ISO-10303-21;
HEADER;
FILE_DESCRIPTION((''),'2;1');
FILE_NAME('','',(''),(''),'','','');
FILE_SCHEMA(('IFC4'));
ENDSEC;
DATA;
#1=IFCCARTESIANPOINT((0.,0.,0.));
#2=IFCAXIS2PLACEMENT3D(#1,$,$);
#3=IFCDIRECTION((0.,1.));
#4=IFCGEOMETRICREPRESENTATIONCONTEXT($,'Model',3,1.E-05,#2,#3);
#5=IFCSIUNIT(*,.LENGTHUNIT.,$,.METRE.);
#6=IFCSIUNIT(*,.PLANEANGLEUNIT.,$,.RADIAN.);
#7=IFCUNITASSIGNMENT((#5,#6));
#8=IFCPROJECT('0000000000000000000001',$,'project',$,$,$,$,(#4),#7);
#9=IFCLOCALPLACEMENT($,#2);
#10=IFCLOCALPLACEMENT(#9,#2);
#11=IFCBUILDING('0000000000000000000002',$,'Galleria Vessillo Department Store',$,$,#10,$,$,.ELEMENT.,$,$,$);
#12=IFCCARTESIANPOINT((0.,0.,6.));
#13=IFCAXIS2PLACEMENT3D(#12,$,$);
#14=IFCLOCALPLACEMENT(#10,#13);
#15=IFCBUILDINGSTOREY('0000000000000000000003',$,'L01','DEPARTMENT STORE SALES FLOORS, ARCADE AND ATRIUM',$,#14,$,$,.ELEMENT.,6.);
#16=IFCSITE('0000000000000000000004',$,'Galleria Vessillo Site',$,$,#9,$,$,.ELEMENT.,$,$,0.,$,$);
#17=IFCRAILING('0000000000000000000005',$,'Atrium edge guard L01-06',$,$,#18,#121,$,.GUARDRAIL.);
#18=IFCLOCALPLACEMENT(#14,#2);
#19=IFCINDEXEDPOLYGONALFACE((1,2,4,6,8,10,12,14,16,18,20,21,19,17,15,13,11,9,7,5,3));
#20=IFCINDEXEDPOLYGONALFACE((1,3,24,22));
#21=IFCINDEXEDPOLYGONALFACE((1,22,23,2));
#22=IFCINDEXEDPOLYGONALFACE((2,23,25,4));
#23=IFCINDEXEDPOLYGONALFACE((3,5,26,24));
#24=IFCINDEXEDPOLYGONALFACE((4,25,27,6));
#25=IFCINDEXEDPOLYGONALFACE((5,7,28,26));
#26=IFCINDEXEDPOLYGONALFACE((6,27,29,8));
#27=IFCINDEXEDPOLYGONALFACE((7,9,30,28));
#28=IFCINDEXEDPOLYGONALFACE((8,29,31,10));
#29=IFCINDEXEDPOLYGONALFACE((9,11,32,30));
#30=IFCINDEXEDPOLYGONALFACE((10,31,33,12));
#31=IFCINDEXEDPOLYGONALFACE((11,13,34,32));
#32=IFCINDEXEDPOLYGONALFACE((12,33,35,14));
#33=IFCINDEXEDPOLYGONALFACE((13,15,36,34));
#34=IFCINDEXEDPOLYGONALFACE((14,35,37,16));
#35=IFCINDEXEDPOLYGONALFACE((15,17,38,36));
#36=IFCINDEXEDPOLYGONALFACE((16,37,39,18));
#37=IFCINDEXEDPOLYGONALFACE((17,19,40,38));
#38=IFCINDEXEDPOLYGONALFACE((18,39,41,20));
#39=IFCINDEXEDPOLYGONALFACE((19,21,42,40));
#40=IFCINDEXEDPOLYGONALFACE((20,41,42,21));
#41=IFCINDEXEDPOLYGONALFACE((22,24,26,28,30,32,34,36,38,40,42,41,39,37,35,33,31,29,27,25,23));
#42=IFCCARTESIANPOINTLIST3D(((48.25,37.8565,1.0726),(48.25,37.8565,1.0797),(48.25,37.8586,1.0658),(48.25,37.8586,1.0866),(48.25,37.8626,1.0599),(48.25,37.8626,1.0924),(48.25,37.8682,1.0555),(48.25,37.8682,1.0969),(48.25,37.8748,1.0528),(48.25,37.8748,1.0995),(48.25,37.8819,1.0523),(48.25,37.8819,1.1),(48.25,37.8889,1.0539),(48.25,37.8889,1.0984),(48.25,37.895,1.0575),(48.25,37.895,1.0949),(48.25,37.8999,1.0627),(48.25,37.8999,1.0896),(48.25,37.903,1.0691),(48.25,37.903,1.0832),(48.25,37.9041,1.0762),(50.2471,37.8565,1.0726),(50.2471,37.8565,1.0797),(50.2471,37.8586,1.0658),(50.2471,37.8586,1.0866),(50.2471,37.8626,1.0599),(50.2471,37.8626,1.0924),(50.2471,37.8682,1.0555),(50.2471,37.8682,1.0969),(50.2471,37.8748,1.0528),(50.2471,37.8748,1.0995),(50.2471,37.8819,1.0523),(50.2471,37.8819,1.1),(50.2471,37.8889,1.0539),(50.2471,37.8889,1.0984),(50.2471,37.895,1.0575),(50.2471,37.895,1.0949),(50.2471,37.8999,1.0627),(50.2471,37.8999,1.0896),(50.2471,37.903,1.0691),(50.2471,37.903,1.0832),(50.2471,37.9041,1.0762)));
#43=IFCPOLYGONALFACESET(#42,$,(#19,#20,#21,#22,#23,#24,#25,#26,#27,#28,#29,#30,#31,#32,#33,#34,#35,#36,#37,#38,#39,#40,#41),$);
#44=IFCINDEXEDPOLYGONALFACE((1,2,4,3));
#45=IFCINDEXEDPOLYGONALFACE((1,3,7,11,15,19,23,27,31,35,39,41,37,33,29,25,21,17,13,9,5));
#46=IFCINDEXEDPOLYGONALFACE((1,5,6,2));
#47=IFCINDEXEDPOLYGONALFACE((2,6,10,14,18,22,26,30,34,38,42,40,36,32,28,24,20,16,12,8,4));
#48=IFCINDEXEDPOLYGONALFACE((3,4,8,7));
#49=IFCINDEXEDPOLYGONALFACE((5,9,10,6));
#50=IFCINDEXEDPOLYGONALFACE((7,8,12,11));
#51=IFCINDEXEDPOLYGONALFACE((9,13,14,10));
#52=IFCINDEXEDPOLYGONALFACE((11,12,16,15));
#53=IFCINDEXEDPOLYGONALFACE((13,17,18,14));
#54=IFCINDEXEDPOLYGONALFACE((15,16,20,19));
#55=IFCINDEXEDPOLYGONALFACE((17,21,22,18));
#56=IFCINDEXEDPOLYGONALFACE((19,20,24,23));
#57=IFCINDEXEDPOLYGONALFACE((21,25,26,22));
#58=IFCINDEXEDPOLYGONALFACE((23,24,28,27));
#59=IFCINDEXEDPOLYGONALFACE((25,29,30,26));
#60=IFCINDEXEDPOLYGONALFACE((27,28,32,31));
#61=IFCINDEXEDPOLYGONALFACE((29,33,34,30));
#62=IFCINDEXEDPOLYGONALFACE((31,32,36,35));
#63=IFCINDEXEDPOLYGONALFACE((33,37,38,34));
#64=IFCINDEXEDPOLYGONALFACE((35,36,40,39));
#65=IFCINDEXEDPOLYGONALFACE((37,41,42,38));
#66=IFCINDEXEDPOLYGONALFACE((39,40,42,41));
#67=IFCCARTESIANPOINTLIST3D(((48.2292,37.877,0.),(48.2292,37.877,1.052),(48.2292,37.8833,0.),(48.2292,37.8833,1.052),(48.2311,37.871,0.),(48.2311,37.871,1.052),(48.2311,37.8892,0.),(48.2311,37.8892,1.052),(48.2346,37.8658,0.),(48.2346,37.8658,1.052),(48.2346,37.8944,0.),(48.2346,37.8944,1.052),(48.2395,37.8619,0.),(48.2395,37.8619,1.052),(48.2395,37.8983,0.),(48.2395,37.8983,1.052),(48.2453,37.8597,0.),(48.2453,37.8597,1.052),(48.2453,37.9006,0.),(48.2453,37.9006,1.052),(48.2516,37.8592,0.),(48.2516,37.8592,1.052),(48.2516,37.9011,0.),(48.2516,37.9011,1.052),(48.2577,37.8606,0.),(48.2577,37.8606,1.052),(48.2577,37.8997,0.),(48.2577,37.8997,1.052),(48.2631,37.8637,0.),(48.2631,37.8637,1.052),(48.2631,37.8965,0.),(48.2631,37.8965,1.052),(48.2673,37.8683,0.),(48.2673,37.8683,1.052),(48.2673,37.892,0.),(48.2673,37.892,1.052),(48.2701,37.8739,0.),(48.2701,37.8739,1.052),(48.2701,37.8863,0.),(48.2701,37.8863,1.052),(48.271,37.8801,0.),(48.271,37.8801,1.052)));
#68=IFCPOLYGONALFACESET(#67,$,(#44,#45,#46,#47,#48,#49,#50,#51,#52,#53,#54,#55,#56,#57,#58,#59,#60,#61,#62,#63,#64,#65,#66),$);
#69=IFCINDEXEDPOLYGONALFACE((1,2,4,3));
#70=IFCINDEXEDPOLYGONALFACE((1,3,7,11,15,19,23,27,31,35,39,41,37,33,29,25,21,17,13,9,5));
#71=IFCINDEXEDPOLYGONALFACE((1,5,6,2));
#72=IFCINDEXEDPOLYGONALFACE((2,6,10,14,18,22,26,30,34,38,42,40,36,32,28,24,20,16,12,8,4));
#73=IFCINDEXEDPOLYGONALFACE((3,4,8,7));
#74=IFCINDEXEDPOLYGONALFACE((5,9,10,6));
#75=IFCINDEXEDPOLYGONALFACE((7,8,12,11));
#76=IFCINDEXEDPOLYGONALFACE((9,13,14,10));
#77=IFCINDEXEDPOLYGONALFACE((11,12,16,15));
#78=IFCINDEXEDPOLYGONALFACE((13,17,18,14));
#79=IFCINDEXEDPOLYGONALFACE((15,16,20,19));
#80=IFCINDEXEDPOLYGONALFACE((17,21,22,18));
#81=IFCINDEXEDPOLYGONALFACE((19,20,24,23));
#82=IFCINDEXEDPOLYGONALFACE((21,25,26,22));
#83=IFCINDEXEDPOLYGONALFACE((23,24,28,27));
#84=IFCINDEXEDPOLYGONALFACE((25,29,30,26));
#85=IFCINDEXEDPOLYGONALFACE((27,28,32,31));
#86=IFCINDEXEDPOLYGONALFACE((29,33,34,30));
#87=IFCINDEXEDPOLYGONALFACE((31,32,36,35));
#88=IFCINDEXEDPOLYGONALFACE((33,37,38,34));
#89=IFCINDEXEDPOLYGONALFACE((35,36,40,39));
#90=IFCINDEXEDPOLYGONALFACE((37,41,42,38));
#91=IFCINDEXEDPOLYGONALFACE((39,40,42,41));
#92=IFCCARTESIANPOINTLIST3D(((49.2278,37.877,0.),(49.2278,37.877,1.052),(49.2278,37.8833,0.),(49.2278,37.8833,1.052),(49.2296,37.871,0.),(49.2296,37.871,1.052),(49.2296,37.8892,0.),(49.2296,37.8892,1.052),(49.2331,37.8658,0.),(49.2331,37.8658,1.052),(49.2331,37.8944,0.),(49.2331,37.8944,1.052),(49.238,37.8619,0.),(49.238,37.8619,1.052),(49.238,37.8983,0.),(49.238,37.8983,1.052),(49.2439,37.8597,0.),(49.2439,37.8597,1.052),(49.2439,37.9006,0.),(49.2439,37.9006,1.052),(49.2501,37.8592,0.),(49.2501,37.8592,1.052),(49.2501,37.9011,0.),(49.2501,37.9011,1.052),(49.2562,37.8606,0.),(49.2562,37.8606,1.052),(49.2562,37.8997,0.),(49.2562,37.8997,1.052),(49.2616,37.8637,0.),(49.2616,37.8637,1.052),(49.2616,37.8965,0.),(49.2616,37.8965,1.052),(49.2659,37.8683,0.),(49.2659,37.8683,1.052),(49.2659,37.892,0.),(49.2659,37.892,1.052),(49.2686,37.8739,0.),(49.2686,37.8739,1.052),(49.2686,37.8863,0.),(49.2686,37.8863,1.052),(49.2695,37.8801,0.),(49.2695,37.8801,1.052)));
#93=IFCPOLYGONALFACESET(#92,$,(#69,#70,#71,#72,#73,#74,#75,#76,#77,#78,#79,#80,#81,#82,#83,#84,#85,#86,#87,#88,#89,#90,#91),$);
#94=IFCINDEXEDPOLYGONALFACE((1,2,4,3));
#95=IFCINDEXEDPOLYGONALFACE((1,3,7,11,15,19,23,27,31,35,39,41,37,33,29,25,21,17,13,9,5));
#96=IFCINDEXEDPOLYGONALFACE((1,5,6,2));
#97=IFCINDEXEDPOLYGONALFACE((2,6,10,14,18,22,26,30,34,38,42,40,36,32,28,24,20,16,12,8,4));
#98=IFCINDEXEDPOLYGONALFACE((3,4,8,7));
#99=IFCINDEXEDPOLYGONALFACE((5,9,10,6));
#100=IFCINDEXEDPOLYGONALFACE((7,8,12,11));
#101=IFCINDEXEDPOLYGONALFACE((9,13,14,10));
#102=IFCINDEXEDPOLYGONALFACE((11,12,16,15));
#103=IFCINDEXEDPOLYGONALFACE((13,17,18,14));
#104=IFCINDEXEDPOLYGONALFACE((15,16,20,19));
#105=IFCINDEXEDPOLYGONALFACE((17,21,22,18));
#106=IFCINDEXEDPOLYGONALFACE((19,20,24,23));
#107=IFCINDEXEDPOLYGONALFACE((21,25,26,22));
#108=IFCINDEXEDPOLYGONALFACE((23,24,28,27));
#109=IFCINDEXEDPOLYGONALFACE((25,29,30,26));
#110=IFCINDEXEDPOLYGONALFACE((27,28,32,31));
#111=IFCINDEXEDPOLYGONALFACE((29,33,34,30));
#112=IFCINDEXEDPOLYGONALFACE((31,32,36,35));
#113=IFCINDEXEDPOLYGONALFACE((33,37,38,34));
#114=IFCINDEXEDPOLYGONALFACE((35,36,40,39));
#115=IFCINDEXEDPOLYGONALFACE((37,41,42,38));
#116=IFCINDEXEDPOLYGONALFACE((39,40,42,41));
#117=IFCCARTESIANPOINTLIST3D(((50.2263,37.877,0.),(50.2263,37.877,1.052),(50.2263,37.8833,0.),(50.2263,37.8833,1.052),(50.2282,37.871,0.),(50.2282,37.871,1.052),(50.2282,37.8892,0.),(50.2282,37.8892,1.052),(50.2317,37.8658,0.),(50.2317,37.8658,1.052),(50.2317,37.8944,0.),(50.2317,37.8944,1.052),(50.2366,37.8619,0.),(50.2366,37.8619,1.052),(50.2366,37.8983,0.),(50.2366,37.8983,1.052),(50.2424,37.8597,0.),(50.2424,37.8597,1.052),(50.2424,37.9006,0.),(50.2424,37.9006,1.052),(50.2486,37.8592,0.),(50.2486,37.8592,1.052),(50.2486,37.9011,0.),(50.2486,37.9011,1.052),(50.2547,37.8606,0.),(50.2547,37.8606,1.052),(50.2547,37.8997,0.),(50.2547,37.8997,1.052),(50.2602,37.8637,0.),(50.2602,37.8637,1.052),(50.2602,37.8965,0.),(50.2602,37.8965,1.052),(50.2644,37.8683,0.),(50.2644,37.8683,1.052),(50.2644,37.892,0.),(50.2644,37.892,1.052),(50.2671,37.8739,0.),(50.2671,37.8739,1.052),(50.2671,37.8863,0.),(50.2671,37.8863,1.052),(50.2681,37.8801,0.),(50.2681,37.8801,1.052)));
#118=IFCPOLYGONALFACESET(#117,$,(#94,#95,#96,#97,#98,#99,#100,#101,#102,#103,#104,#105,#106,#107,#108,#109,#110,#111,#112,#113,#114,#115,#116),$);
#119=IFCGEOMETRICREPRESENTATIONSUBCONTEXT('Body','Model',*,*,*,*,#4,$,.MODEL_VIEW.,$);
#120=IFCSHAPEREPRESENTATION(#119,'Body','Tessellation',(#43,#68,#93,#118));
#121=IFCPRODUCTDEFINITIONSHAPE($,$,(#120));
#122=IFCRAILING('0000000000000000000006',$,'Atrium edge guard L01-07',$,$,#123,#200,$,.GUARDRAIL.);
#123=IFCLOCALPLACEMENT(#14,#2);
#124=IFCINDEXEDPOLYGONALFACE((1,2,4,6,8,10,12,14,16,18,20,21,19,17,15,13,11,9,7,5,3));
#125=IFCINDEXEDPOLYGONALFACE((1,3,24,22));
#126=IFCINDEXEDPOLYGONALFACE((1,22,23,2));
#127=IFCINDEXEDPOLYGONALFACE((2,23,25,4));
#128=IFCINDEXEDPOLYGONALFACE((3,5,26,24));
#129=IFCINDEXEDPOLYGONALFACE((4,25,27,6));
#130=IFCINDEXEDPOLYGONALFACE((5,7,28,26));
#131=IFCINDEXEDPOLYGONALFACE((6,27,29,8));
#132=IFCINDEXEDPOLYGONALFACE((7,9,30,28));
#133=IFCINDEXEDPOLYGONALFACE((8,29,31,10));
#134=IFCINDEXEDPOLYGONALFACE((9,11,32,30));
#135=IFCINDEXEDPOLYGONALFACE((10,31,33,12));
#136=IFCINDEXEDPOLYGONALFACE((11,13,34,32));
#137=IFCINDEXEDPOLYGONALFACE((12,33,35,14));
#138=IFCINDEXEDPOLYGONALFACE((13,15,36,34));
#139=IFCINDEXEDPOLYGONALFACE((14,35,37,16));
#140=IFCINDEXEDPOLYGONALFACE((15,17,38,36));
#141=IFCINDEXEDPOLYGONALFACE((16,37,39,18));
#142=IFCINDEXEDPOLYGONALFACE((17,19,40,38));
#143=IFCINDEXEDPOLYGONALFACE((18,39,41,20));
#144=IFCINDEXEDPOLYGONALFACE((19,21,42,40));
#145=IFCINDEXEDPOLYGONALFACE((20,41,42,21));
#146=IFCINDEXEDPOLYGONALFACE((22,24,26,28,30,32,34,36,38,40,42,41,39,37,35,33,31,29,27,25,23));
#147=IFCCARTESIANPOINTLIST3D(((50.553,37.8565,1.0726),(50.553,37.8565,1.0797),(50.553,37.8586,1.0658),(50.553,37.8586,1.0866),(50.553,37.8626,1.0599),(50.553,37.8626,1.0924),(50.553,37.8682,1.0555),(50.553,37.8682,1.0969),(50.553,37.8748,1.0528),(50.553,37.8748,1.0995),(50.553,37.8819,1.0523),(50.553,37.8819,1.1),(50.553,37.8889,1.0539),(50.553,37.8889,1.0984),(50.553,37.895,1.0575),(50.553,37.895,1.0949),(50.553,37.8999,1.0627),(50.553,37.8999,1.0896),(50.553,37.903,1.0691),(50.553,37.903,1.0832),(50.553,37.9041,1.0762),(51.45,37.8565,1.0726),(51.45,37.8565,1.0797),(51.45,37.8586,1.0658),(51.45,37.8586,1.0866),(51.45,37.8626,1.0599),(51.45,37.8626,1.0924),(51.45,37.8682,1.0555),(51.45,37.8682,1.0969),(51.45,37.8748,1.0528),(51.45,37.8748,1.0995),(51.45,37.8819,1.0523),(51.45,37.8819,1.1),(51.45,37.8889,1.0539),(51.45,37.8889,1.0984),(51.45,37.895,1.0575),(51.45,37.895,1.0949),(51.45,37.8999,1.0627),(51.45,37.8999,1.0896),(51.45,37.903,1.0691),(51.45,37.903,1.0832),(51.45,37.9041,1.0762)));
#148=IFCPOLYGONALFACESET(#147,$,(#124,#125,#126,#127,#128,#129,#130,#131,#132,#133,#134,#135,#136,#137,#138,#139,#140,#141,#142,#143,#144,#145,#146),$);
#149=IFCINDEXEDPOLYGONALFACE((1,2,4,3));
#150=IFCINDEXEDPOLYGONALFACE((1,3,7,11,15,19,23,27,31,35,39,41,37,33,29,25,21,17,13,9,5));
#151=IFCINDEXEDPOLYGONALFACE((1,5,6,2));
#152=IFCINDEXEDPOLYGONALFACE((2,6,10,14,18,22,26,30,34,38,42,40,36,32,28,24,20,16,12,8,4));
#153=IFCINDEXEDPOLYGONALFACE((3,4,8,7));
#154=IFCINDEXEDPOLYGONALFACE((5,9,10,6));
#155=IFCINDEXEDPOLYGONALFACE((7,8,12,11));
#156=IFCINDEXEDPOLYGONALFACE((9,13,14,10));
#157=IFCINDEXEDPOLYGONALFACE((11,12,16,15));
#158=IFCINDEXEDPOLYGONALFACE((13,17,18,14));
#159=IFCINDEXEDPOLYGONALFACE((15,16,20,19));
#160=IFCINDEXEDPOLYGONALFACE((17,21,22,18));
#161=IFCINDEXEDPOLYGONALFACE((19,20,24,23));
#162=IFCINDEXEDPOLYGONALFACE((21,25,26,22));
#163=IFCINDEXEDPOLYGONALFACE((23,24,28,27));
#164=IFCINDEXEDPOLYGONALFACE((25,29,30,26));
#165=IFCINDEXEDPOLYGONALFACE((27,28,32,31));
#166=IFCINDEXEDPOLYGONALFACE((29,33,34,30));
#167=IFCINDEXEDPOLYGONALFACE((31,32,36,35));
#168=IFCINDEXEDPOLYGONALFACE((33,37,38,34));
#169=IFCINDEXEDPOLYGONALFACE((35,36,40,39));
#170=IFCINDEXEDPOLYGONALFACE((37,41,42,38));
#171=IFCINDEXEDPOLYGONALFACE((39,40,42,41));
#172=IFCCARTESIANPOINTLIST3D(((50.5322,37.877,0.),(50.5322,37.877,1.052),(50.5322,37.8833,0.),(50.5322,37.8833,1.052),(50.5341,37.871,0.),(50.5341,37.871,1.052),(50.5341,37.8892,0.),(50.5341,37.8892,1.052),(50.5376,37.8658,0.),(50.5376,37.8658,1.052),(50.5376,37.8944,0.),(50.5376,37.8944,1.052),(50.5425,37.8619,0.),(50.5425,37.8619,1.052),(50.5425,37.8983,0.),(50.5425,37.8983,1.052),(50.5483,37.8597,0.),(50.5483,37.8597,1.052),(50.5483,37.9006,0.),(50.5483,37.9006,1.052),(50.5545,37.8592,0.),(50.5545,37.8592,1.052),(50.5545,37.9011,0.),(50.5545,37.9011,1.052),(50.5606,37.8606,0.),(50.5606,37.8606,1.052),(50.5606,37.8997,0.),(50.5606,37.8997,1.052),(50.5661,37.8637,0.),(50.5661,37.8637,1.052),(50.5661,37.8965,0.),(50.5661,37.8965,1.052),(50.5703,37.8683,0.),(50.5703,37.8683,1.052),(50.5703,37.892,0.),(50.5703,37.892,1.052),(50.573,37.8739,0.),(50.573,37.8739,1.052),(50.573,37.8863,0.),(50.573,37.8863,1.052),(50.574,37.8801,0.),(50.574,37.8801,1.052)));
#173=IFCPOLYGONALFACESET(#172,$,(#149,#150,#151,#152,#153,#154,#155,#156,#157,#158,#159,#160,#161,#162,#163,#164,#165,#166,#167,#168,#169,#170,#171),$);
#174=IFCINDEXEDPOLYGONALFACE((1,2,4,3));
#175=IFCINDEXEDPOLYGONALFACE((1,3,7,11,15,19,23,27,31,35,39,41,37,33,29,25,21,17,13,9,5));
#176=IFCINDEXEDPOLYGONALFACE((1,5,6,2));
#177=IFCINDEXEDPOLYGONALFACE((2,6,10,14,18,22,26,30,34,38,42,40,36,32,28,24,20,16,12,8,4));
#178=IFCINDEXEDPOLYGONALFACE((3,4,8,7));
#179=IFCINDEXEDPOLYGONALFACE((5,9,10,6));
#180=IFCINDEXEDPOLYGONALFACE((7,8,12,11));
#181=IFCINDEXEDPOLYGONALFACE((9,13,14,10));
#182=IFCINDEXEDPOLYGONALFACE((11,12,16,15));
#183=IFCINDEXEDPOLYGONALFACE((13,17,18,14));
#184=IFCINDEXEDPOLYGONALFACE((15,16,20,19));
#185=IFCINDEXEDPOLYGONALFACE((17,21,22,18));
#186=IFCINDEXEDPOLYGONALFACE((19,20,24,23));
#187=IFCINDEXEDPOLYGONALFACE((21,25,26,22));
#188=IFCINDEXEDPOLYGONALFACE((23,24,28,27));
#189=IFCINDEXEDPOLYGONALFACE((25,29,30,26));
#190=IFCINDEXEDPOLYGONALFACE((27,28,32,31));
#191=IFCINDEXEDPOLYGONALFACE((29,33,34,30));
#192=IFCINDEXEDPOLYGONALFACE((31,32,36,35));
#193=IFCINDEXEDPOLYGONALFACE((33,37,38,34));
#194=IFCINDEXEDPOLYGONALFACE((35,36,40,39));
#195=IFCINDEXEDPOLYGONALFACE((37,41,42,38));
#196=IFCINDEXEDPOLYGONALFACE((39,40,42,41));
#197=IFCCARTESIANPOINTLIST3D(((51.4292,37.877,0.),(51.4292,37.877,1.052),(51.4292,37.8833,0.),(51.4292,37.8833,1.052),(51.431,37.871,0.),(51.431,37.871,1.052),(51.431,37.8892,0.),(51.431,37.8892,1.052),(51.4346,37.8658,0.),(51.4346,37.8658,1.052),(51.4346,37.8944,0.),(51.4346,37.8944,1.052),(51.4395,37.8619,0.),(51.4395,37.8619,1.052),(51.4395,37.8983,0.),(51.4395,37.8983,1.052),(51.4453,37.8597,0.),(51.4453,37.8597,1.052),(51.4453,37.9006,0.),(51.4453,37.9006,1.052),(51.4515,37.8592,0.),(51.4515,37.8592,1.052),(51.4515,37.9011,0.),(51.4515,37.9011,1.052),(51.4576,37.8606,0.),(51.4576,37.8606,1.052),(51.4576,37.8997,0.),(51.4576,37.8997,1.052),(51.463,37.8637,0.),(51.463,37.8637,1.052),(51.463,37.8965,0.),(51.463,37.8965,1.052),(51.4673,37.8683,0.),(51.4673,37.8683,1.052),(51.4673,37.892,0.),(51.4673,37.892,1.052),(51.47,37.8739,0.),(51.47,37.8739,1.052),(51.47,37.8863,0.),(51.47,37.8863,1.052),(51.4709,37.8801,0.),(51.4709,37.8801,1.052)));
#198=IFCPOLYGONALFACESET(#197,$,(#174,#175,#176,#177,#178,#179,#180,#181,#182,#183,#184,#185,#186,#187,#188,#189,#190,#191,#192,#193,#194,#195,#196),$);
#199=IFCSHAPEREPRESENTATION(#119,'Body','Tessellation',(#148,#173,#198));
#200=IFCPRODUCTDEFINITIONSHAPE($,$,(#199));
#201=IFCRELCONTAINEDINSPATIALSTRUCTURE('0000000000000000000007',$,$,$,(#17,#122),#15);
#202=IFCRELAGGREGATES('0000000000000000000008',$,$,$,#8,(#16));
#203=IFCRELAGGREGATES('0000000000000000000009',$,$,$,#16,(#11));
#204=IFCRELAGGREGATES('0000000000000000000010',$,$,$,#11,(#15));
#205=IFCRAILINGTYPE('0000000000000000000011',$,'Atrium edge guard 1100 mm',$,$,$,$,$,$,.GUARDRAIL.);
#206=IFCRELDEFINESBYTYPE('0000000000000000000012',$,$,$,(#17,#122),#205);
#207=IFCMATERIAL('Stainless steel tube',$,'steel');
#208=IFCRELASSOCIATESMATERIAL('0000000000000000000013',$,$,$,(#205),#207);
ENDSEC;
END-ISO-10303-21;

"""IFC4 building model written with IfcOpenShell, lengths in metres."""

from ifc_helpers import new_model, si_unit, direction, frame, origin, origin_2d, place, context, subcontext, project, spatial, circle, extrude, material, type_object, element, save


model = new_model("IFC4")

# Units and contexts
model_context = context("Model", 3, precision=1e-05, world=origin(), true_north=direction((0.0, 1.0)))
body_context = subcontext(model_context, "Body", "Model", "MODEL_VIEW")
ifc_project = project(units=[si_unit("LENGTHUNIT", "METRE"), si_unit("PLANEANGLEUNIT", "RADIAN")], contexts=[model_context])

# Site, building, storey
site_placement = place(None, origin())
site = spatial("IfcSite", under=ifc_project, at=site_placement, Name="Galleria Vessillo Site", CompositionType="ELEMENT", RefElevation=0.0)
building_placement = place(site_placement, origin())
building = spatial("IfcBuilding", under=site, at=building_placement, Name="Galleria Vessillo Department Store", CompositionType="ELEMENT")
storey_placement = place(building_placement, frame((0.0, 0.0, 6.0)))
storey = spatial("IfcBuildingStorey", under=building, at=storey_placement, Name="L01", Description="DEPARTMENT STORE SALES FLOORS, ARCADE AND ATRIUM", CompositionType="ELEMENT", Elevation=6.0)

# Railings
ifc_material_1 = material(Name="Stainless steel tube", Category="steel")
railing_type_1 = type_object("IfcRailingType", Name="Atrium edge guard 1100 mm", PredefinedType="GUARDRAIL", material=ifc_material_1)
railing_1_placement = place(storey_placement, frame((48.25, 37.8801, 0.0)))
element("IfcRailing", 1, at=railing_1_placement, inside=storey, type_object=railing_type_1, Name="Atrium edge guard L01-06", PredefinedType="GUARDRAIL", context=body_context, shape_type="SweptSolid", body=[
    extrude(circle(Radius=0.0239, at=origin_2d()), frame((0.0, 0.0, 1.0762), z_axis=(1.0, 0.0, 0.0), x_axis=(0.0, 1.0, 0.0)), (0.0, 0.0, 1.0), 1.9971),
    extrude(circle(Radius=0.021, at=origin_2d()), origin(), (0.0, 0.0, 1.0), 1.052),
    extrude(circle(Radius=0.021, at=origin_2d()), frame((0.9985, 0.0, 0.0)), (0.0, 0.0, 1.0), 1.052),
    extrude(circle(Radius=0.021, at=origin_2d()), frame((1.9971, 0.0, 0.0)), (0.0, 0.0, 1.0), 1.052),
])
railing_2_placement = place(storey_placement, frame((50.553, 37.8801, 0.0)))
element("IfcRailing", 2, at=railing_2_placement, inside=storey, type_object=railing_type_1, Name="Atrium edge guard L01-07", PredefinedType="GUARDRAIL", context=body_context, shape_type="SweptSolid", body=[
    extrude(circle(Radius=0.0239, at=origin_2d()), frame((0.0, 0.0, 1.0762), z_axis=(1.0, 0.0, 0.0), x_axis=(0.0, 1.0, 0.0)), (0.0, 0.0, 1.0), 0.897),
    extrude(circle(Radius=0.021, at=origin_2d()), origin(), (0.0, 0.0, 1.0), 1.052),
    extrude(circle(Radius=0.021, at=origin_2d()), frame((0.897, 0.0, 0.0)), (0.0, 0.0, 1.0), 1.052),
])

save(model, "model.ifc")
